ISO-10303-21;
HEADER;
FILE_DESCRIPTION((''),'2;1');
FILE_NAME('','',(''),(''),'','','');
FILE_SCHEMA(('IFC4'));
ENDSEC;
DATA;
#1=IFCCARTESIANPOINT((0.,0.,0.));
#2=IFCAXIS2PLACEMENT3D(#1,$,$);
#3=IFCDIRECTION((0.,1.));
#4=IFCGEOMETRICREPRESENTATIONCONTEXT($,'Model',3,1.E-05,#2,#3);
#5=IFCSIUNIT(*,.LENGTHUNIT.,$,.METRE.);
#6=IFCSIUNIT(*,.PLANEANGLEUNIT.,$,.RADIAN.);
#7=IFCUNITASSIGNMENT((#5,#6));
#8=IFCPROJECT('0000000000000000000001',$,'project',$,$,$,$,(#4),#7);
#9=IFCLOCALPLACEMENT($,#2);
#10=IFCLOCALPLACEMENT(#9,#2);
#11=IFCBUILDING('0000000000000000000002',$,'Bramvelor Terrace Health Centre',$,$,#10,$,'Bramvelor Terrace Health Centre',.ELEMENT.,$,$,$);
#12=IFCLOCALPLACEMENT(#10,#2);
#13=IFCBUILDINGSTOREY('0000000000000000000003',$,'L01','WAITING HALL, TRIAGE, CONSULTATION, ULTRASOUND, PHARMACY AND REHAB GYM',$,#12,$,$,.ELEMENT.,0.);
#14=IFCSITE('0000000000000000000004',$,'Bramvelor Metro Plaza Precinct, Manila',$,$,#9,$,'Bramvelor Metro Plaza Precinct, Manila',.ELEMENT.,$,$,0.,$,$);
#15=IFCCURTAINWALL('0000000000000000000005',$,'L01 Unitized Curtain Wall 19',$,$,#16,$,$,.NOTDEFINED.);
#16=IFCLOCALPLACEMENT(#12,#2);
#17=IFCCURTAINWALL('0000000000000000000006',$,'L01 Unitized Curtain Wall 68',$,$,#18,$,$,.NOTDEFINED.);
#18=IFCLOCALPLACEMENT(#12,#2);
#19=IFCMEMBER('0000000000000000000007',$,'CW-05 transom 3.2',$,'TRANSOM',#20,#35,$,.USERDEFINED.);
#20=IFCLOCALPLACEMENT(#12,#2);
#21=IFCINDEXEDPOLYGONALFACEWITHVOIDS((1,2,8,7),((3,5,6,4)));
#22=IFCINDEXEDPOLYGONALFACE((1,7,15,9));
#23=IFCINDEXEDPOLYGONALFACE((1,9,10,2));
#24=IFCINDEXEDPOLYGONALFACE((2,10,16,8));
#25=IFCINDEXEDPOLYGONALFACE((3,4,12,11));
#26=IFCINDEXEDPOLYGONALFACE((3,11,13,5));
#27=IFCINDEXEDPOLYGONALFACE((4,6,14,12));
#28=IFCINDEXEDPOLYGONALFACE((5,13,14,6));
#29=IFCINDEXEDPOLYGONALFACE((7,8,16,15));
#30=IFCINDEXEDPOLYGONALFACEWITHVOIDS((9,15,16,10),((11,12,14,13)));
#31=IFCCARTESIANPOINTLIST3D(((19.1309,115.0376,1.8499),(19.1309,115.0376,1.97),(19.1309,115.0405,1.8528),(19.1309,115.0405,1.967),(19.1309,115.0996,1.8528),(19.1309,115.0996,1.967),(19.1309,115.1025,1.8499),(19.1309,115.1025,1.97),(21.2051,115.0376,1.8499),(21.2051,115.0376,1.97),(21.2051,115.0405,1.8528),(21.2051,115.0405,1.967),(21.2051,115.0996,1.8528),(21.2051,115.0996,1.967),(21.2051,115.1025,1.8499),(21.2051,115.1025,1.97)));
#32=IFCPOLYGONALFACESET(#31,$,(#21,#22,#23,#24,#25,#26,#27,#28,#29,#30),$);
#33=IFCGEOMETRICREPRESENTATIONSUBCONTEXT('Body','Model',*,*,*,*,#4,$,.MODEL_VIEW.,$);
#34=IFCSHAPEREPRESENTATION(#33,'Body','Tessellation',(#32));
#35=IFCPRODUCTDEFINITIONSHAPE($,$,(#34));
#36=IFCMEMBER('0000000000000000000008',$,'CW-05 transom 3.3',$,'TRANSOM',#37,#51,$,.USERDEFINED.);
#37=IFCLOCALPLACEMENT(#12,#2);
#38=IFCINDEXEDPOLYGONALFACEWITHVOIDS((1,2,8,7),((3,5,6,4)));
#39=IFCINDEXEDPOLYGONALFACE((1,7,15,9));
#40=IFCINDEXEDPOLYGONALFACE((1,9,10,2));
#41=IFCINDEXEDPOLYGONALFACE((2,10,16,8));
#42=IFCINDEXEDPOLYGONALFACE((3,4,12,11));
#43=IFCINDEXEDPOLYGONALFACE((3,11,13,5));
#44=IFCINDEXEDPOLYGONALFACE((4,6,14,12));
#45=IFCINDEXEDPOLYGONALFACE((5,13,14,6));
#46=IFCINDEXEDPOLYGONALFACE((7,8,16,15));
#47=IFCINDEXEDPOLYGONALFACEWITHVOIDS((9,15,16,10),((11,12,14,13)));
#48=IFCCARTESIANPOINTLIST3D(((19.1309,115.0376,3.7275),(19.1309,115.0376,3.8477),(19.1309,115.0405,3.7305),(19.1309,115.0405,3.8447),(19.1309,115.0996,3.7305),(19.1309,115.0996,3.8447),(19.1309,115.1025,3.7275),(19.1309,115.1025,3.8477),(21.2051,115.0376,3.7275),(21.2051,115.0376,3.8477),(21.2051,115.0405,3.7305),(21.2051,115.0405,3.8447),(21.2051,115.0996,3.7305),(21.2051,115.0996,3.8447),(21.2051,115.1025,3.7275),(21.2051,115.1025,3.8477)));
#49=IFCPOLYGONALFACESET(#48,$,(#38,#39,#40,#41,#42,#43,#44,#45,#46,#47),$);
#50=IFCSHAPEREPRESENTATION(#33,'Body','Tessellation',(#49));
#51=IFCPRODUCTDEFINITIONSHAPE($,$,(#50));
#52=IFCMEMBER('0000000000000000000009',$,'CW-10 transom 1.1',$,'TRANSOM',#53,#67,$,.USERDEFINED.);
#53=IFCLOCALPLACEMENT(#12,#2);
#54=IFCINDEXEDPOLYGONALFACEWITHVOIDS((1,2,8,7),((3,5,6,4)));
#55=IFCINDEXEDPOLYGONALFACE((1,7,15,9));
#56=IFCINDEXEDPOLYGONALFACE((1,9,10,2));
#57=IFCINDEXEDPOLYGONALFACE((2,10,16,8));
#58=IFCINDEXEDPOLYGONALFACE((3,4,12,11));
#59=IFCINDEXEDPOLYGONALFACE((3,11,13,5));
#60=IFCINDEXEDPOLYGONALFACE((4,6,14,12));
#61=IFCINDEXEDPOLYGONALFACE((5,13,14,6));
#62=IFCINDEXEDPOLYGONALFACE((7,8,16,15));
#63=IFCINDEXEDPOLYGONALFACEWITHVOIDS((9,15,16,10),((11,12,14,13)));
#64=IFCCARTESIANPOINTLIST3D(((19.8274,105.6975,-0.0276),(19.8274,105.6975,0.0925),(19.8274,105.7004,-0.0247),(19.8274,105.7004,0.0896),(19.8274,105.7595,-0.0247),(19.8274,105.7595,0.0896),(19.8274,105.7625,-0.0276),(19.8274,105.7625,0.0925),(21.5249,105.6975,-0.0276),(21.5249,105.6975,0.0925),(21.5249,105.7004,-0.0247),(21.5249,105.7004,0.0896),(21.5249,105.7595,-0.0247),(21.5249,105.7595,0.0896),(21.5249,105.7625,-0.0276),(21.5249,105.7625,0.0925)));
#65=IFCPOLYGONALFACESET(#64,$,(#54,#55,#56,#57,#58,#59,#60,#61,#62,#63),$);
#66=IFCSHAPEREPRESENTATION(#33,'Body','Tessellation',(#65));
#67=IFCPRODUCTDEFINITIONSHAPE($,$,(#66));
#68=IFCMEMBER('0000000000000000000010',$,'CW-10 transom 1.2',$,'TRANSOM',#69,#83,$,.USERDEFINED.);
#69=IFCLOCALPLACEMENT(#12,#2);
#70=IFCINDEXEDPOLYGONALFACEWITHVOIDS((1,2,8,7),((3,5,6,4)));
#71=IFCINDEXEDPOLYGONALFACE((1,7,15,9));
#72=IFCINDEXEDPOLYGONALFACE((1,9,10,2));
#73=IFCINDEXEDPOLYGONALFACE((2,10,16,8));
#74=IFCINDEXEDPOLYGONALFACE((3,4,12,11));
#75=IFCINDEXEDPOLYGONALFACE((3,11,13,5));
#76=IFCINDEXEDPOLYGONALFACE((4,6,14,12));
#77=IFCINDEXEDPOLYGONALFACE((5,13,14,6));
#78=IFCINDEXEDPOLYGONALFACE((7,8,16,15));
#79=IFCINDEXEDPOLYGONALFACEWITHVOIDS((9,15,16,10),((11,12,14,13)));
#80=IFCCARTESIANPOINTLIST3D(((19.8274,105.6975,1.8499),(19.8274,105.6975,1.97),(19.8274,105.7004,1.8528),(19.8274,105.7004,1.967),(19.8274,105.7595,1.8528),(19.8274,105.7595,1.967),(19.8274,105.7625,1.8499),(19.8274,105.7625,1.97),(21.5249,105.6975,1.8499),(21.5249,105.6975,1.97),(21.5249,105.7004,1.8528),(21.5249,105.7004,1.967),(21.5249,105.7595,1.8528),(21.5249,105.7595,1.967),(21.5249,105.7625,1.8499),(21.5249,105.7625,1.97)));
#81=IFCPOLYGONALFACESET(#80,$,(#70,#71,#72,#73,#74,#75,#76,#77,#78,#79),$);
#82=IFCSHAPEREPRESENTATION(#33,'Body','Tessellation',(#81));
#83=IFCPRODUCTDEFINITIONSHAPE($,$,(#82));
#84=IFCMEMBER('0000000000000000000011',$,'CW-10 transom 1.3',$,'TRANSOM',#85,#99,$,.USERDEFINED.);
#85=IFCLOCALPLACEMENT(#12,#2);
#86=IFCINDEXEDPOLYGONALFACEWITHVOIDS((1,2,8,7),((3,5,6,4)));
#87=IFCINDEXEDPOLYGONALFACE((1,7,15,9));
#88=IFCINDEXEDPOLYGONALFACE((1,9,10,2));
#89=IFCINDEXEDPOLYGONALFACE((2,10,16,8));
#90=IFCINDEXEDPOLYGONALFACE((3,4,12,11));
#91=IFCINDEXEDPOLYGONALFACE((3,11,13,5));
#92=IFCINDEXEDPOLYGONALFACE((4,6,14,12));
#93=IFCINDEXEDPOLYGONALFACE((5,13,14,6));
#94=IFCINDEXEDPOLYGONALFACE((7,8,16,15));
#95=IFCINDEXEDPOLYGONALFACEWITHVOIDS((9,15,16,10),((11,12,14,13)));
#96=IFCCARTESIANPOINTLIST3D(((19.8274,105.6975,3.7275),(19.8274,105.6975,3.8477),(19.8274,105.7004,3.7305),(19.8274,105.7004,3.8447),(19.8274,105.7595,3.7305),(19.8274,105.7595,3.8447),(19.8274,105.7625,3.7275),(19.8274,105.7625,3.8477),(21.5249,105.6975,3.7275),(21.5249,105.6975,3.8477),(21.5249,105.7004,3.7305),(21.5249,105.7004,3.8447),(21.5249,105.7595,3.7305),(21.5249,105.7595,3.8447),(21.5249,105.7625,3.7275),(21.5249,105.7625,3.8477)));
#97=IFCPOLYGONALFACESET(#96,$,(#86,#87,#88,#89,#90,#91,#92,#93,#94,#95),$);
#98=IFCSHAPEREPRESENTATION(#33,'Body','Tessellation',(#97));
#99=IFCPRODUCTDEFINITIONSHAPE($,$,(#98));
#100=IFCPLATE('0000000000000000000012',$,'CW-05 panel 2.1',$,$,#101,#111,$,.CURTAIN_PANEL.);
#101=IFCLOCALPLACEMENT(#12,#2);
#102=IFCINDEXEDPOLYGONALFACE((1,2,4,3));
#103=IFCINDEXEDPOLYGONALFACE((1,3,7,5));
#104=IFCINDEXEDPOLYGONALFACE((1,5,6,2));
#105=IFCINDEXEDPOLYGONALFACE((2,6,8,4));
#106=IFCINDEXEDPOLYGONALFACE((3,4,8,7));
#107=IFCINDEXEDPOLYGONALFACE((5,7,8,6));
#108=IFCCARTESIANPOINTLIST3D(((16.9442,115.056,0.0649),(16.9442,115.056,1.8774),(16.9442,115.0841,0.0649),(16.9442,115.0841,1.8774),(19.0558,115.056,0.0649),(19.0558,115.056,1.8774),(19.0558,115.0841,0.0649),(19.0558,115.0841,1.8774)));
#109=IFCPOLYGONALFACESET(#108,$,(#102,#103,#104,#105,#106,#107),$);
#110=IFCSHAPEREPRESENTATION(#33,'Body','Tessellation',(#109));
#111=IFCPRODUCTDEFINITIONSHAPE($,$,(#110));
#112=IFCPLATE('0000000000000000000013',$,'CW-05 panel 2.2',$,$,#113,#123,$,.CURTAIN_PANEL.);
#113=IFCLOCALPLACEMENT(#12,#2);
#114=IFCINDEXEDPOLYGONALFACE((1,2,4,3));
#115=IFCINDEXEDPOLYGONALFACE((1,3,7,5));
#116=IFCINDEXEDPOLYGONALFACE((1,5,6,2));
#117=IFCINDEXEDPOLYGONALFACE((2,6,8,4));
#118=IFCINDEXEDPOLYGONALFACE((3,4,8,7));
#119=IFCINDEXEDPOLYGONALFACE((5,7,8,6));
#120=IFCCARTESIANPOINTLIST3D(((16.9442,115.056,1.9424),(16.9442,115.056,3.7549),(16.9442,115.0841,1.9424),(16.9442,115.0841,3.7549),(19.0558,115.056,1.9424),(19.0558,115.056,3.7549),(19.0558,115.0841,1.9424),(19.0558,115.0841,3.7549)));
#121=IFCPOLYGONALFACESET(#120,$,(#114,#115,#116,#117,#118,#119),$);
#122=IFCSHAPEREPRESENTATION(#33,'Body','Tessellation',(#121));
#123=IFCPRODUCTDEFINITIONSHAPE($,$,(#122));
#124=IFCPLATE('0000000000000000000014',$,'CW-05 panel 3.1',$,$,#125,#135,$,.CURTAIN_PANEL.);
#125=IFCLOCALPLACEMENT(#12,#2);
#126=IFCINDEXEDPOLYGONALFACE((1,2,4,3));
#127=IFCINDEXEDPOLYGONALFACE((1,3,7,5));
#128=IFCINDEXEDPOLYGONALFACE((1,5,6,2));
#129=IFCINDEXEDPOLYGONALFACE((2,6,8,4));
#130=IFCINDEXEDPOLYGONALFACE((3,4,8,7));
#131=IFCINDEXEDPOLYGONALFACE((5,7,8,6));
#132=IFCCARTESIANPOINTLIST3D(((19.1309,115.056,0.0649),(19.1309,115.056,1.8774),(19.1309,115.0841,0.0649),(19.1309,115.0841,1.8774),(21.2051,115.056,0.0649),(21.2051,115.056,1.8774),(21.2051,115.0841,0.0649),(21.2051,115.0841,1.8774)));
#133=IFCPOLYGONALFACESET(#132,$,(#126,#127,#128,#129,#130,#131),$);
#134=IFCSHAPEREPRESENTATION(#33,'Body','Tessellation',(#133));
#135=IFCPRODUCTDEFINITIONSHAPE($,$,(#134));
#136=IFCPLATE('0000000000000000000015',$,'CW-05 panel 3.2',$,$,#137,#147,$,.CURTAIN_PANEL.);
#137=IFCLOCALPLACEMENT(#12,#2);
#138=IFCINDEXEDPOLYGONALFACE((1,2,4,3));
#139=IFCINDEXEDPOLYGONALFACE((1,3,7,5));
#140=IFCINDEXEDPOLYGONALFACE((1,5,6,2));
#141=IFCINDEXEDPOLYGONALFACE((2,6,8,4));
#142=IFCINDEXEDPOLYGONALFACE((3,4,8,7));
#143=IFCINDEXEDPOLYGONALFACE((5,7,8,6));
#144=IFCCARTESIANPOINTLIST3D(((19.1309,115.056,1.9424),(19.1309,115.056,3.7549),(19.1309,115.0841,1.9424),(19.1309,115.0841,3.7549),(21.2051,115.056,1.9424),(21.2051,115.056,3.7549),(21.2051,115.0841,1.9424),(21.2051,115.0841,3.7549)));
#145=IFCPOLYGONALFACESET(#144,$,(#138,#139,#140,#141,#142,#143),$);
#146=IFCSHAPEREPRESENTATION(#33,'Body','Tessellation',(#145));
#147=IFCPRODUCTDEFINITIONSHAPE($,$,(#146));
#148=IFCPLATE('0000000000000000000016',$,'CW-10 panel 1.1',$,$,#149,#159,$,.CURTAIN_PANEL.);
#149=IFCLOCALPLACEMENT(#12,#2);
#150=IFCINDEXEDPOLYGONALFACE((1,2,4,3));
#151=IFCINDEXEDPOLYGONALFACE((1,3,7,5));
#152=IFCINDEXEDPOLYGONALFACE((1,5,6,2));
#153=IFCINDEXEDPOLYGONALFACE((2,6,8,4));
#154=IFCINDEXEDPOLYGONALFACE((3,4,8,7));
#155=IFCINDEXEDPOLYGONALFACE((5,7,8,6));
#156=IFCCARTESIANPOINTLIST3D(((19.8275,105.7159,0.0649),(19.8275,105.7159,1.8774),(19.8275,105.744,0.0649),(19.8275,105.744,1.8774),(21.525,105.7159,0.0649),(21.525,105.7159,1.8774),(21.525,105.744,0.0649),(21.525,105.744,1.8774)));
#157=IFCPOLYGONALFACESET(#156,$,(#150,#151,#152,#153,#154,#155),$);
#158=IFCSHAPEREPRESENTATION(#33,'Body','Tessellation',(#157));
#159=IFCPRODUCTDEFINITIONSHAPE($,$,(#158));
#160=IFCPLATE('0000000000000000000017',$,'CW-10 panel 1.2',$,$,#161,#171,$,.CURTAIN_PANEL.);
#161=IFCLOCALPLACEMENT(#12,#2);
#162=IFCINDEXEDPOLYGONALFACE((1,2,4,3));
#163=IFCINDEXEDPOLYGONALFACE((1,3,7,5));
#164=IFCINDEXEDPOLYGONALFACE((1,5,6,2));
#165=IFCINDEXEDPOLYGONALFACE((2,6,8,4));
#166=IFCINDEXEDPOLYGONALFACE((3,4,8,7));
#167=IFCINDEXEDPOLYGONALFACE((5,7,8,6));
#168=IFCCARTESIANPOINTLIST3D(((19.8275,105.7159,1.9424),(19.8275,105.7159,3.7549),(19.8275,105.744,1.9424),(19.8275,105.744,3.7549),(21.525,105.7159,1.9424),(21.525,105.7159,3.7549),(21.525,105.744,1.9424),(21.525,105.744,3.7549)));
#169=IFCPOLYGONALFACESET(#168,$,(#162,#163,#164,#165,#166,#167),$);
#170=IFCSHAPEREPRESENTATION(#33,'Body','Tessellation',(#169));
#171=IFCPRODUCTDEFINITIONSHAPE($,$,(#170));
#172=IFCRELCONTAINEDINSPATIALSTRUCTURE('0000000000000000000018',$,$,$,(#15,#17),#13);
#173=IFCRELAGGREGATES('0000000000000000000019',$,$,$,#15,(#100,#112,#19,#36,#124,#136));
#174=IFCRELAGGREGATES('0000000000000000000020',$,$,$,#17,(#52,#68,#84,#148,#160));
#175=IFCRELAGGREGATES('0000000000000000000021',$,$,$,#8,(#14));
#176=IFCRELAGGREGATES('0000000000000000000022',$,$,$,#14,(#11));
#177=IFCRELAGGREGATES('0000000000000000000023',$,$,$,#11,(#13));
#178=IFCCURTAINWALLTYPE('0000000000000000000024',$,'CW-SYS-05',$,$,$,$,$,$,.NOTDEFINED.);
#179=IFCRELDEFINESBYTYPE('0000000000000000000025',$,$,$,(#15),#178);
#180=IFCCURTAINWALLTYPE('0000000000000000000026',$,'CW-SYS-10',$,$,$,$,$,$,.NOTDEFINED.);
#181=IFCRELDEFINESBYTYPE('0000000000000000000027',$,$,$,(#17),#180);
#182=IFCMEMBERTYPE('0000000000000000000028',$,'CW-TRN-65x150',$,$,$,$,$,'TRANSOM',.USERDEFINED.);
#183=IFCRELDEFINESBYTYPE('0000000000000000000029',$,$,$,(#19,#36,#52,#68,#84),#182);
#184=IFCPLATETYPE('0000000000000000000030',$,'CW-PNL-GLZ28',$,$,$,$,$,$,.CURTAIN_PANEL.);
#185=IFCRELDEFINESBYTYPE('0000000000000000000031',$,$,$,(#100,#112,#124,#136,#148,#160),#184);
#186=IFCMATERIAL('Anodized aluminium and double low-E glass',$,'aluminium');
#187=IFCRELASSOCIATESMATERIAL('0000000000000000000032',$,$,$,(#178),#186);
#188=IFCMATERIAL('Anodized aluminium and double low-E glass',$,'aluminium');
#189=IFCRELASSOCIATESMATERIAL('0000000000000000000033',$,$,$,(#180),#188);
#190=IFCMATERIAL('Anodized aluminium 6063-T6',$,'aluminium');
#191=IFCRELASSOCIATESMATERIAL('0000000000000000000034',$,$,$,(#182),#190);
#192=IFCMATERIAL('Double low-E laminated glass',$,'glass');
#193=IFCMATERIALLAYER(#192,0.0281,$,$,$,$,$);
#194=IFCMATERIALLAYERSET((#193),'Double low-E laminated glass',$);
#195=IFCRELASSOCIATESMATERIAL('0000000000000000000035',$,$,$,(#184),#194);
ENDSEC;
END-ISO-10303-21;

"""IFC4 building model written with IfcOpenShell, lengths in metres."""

from ifc_helpers import new_model, si_unit, direction, frame, origin, origin_2d, place, context, subcontext, project, spatial, rectangle, hollow_rectangle, extrude, material, layer, layer_set, material_profile, profile_set, type_object, element, aggregate, save


model = new_model("IFC4")

# Units and contexts
model_context = context("Model", 3, precision=1e-05, world=origin(), true_north=direction((0.0, 1.0)))
body_context = subcontext(model_context, "Body", "Model", "MODEL_VIEW")
ifc_project = project(units=[si_unit("LENGTHUNIT", "METRE"), si_unit("PLANEANGLEUNIT", "RADIAN")], contexts=[model_context])

# Site, building, storey
site_placement = place(None, origin())
site = spatial("IfcSite", under=ifc_project, at=site_placement, Name="Bramvelor Metro Plaza Precinct, Manila", LongName="Bramvelor Metro Plaza Precinct, Manila", CompositionType="ELEMENT", RefElevation=0.0)
building_placement = place(site_placement, origin())
building = spatial("IfcBuilding", under=site, at=building_placement, Name="Bramvelor Terrace Health Centre", LongName="Bramvelor Terrace Health Centre", CompositionType="ELEMENT")
storey_placement = place(building_placement, origin())
storey = spatial("IfcBuildingStorey", under=building, at=storey_placement, Name="L01", Description="WAITING HALL, TRIAGE, CONSULTATION, ULTRASOUND, PHARMACY AND REHAB GYM", CompositionType="ELEMENT", Elevation=0.0)

# Curtain walls
ifc_material_1 = material(Name="Anodized aluminium and double low-E glass", Category="aluminium")
curtain_wall_type_1 = type_object("IfcCurtainWallType", Name="CW-SYS-05", PredefinedType="NOTDEFINED", material=ifc_material_1)
curtain_wall_1_placement = place(storey_placement, origin())
curtain_wall_1 = element("IfcCurtainWall", 1, at=curtain_wall_1_placement, inside=storey, type_object=curtain_wall_type_1, Name="L01 Unitized Curtain Wall 19", PredefinedType="NOTDEFINED")
ifc_material_2 = material(Name="Anodized aluminium and double low-E glass", Category="aluminium")
curtain_wall_type_2 = type_object("IfcCurtainWallType", Name="CW-SYS-10", PredefinedType="NOTDEFINED", material=ifc_material_2)
curtain_wall_2_placement = place(storey_placement, origin())
curtain_wall_2 = element("IfcCurtainWall", 2, at=curtain_wall_2_placement, inside=storey, type_object=curtain_wall_type_2, Name="L01 Unitized Curtain Wall 68", PredefinedType="NOTDEFINED")

# Members
ifc_material_3 = material(Name="Anodized aluminium 6063-T6", Category="aluminium")
ifc_material_profile_1 = material_profile(ifc_material_3, hollow_rectangle(XDim=0.0649, YDim=0.1201, WallThickness=0.0029, at=origin_2d()), Name="ALU-TRN 65x120x3.0")
ifc_profile_set_1 = profile_set([ifc_material_profile_1], Name="Anodized aluminium 6063-T6")
member_type_1 = type_object("IfcMemberType", Name="CW-TRN-65x150", ElementType="TRANSOM", PredefinedType="USERDEFINED", material=ifc_profile_set_1)
member_1_placement = place(storey_placement, frame((19.1309, 115.0701, 1.9099), z_axis=(1.0, 0.0, 0.0), x_axis=(0.0, 1.0, 0.0)))
member_1 = element("IfcMember", 3, at=member_1_placement, type_object=member_type_1, Name="CW-05 transom 3.2", ObjectType="TRANSOM", PredefinedType="USERDEFINED", context=body_context, shape_type="SweptSolid", body=[
    extrude(hollow_rectangle(XDim=0.0649, YDim=0.1201, WallThickness=0.0029, at=origin_2d()), origin(), (0.0, 0.0, 1.0), 2.0742),
])
member_2_placement = place(storey_placement, frame((19.1309, 115.0701, 3.7876), z_axis=(1.0, 0.0, 0.0), x_axis=(0.0, 1.0, 0.0)))
member_2 = element("IfcMember", 4, at=member_2_placement, type_object=member_type_1, Name="CW-05 transom 3.3", ObjectType="TRANSOM", PredefinedType="USERDEFINED", context=body_context, shape_type="SweptSolid", body=[
    extrude(hollow_rectangle(XDim=0.0649, YDim=0.1201, WallThickness=0.0029, at=origin_2d()), origin(), (0.0, 0.0, 1.0), 2.0742),
])
member_3_placement = place(storey_placement, frame((21.5249, 105.73, 0.0325), z_axis=(-1.0, 0.0, 0.0), x_axis=(0.0, -1.0, 0.0)))
member_3 = element("IfcMember", 5, at=member_3_placement, type_object=member_type_1, Name="CW-10 transom 1.1", ObjectType="TRANSOM", PredefinedType="USERDEFINED", context=body_context, shape_type="SweptSolid", body=[
    extrude(hollow_rectangle(XDim=0.0649, YDim=0.1201, WallThickness=0.0029, at=origin_2d()), origin(), (0.0, 0.0, 1.0), 1.6975),
])
member_4_placement = place(storey_placement, frame((21.5249, 105.73, 1.9099), z_axis=(-1.0, 0.0, 0.0), x_axis=(0.0, -1.0, 0.0)))
member_4 = element("IfcMember", 6, at=member_4_placement, type_object=member_type_1, Name="CW-10 transom 1.2", ObjectType="TRANSOM", PredefinedType="USERDEFINED", context=body_context, shape_type="SweptSolid", body=[
    extrude(hollow_rectangle(XDim=0.0649, YDim=0.1201, WallThickness=0.0029, at=origin_2d()), origin(), (0.0, 0.0, 1.0), 1.6975),
])
member_5_placement = place(storey_placement, frame((21.5249, 105.73, 3.7876), z_axis=(-1.0, 0.0, 0.0), x_axis=(0.0, -1.0, 0.0)))
member_5 = element("IfcMember", 7, at=member_5_placement, type_object=member_type_1, Name="CW-10 transom 1.3", ObjectType="TRANSOM", PredefinedType="USERDEFINED", context=body_context, shape_type="SweptSolid", body=[
    extrude(hollow_rectangle(XDim=0.0649, YDim=0.1201, WallThickness=0.0029, at=origin_2d()), origin(), (0.0, 0.0, 1.0), 1.6975),
])

# Plates
ifc_material_4 = material(Name="Double low-E laminated glass", Category="glass")
ifc_layer_1 = layer(ifc_material_4, 0.0281)
ifc_layer_set_1 = layer_set([ifc_layer_1], Name="Double low-E laminated glass")
plate_type = type_object("IfcPlateType", Name="CW-PNL-GLZ28", PredefinedType="CURTAIN_PANEL", material=ifc_layer_set_1)
plate_1_placement = place(storey_placement, frame((18.0, 115.0701, 0.0649), z_axis=(0.0, 0.0, 1.0), x_axis=(1.0, 0.0, 0.0)))
plate_1 = element("IfcPlate", 8, at=plate_1_placement, type_object=plate_type, Name="CW-05 panel 2.1", PredefinedType="CURTAIN_PANEL", context=body_context, shape_type="SweptSolid", body=[
    extrude(rectangle(XDim=2.1116, YDim=0.0281, at=origin_2d()), origin(), (0.0, 0.0, 1.0), 1.8125),
])
plate_2_placement = place(storey_placement, frame((18.0, 115.0701, 1.9424), z_axis=(0.0, 0.0, 1.0), x_axis=(1.0, 0.0, 0.0)))
plate_2 = element("IfcPlate", 9, at=plate_2_placement, type_object=plate_type, Name="CW-05 panel 2.2", PredefinedType="CURTAIN_PANEL", context=body_context, shape_type="SweptSolid", body=[
    extrude(rectangle(XDim=2.1116, YDim=0.0281, at=origin_2d()), origin(), (0.0, 0.0, 1.0), 1.8125),
])
plate_3_placement = place(storey_placement, frame((20.168, 115.0701, 0.0649), z_axis=(0.0, 0.0, 1.0), x_axis=(1.0, 0.0, 0.0)))
plate_3 = element("IfcPlate", 10, at=plate_3_placement, type_object=plate_type, Name="CW-05 panel 3.1", PredefinedType="CURTAIN_PANEL", context=body_context, shape_type="SweptSolid", body=[
    extrude(rectangle(XDim=2.0742, YDim=0.0281, at=origin_2d()), origin(), (0.0, 0.0, 1.0), 1.8125),
])
plate_4_placement = place(storey_placement, frame((20.168, 115.0701, 1.9424), z_axis=(0.0, 0.0, 1.0), x_axis=(1.0, 0.0, 0.0)))
plate_4 = element("IfcPlate", 11, at=plate_4_placement, type_object=plate_type, Name="CW-05 panel 3.2", PredefinedType="CURTAIN_PANEL", context=body_context, shape_type="SweptSolid", body=[
    extrude(rectangle(XDim=2.0742, YDim=0.0281, at=origin_2d()), origin(), (0.0, 0.0, 1.0), 1.8125),
])
aggregate(curtain_wall_1, [plate_1, plate_2, member_1, member_2, plate_3, plate_4])
plate_5_placement = place(storey_placement, frame((20.6763, 105.73, 0.0649), z_axis=(0.0, 0.0, 1.0), x_axis=(-1.0, 0.0, 0.0)))
plate_5 = element("IfcPlate", 12, at=plate_5_placement, type_object=plate_type, Name="CW-10 panel 1.1", PredefinedType="CURTAIN_PANEL", context=body_context, shape_type="SweptSolid", body=[
    extrude(rectangle(XDim=1.6975, YDim=0.0281, at=origin_2d()), origin(), (0.0, 0.0, 1.0), 1.8125),
])
plate_6_placement = place(storey_placement, frame((20.6763, 105.73, 1.9424), z_axis=(0.0, 0.0, 1.0), x_axis=(-1.0, 0.0, 0.0)))
plate_6 = element("IfcPlate", 13, at=plate_6_placement, type_object=plate_type, Name="CW-10 panel 1.2", PredefinedType="CURTAIN_PANEL", context=body_context, shape_type="SweptSolid", body=[
    extrude(rectangle(XDim=1.6975, YDim=0.0281, at=origin_2d()), origin(), (0.0, 0.0, 1.0), 1.8125),
])
aggregate(curtain_wall_2, [member_3, member_4, member_5, plate_5, plate_6])

save(model, "model.ifc")
